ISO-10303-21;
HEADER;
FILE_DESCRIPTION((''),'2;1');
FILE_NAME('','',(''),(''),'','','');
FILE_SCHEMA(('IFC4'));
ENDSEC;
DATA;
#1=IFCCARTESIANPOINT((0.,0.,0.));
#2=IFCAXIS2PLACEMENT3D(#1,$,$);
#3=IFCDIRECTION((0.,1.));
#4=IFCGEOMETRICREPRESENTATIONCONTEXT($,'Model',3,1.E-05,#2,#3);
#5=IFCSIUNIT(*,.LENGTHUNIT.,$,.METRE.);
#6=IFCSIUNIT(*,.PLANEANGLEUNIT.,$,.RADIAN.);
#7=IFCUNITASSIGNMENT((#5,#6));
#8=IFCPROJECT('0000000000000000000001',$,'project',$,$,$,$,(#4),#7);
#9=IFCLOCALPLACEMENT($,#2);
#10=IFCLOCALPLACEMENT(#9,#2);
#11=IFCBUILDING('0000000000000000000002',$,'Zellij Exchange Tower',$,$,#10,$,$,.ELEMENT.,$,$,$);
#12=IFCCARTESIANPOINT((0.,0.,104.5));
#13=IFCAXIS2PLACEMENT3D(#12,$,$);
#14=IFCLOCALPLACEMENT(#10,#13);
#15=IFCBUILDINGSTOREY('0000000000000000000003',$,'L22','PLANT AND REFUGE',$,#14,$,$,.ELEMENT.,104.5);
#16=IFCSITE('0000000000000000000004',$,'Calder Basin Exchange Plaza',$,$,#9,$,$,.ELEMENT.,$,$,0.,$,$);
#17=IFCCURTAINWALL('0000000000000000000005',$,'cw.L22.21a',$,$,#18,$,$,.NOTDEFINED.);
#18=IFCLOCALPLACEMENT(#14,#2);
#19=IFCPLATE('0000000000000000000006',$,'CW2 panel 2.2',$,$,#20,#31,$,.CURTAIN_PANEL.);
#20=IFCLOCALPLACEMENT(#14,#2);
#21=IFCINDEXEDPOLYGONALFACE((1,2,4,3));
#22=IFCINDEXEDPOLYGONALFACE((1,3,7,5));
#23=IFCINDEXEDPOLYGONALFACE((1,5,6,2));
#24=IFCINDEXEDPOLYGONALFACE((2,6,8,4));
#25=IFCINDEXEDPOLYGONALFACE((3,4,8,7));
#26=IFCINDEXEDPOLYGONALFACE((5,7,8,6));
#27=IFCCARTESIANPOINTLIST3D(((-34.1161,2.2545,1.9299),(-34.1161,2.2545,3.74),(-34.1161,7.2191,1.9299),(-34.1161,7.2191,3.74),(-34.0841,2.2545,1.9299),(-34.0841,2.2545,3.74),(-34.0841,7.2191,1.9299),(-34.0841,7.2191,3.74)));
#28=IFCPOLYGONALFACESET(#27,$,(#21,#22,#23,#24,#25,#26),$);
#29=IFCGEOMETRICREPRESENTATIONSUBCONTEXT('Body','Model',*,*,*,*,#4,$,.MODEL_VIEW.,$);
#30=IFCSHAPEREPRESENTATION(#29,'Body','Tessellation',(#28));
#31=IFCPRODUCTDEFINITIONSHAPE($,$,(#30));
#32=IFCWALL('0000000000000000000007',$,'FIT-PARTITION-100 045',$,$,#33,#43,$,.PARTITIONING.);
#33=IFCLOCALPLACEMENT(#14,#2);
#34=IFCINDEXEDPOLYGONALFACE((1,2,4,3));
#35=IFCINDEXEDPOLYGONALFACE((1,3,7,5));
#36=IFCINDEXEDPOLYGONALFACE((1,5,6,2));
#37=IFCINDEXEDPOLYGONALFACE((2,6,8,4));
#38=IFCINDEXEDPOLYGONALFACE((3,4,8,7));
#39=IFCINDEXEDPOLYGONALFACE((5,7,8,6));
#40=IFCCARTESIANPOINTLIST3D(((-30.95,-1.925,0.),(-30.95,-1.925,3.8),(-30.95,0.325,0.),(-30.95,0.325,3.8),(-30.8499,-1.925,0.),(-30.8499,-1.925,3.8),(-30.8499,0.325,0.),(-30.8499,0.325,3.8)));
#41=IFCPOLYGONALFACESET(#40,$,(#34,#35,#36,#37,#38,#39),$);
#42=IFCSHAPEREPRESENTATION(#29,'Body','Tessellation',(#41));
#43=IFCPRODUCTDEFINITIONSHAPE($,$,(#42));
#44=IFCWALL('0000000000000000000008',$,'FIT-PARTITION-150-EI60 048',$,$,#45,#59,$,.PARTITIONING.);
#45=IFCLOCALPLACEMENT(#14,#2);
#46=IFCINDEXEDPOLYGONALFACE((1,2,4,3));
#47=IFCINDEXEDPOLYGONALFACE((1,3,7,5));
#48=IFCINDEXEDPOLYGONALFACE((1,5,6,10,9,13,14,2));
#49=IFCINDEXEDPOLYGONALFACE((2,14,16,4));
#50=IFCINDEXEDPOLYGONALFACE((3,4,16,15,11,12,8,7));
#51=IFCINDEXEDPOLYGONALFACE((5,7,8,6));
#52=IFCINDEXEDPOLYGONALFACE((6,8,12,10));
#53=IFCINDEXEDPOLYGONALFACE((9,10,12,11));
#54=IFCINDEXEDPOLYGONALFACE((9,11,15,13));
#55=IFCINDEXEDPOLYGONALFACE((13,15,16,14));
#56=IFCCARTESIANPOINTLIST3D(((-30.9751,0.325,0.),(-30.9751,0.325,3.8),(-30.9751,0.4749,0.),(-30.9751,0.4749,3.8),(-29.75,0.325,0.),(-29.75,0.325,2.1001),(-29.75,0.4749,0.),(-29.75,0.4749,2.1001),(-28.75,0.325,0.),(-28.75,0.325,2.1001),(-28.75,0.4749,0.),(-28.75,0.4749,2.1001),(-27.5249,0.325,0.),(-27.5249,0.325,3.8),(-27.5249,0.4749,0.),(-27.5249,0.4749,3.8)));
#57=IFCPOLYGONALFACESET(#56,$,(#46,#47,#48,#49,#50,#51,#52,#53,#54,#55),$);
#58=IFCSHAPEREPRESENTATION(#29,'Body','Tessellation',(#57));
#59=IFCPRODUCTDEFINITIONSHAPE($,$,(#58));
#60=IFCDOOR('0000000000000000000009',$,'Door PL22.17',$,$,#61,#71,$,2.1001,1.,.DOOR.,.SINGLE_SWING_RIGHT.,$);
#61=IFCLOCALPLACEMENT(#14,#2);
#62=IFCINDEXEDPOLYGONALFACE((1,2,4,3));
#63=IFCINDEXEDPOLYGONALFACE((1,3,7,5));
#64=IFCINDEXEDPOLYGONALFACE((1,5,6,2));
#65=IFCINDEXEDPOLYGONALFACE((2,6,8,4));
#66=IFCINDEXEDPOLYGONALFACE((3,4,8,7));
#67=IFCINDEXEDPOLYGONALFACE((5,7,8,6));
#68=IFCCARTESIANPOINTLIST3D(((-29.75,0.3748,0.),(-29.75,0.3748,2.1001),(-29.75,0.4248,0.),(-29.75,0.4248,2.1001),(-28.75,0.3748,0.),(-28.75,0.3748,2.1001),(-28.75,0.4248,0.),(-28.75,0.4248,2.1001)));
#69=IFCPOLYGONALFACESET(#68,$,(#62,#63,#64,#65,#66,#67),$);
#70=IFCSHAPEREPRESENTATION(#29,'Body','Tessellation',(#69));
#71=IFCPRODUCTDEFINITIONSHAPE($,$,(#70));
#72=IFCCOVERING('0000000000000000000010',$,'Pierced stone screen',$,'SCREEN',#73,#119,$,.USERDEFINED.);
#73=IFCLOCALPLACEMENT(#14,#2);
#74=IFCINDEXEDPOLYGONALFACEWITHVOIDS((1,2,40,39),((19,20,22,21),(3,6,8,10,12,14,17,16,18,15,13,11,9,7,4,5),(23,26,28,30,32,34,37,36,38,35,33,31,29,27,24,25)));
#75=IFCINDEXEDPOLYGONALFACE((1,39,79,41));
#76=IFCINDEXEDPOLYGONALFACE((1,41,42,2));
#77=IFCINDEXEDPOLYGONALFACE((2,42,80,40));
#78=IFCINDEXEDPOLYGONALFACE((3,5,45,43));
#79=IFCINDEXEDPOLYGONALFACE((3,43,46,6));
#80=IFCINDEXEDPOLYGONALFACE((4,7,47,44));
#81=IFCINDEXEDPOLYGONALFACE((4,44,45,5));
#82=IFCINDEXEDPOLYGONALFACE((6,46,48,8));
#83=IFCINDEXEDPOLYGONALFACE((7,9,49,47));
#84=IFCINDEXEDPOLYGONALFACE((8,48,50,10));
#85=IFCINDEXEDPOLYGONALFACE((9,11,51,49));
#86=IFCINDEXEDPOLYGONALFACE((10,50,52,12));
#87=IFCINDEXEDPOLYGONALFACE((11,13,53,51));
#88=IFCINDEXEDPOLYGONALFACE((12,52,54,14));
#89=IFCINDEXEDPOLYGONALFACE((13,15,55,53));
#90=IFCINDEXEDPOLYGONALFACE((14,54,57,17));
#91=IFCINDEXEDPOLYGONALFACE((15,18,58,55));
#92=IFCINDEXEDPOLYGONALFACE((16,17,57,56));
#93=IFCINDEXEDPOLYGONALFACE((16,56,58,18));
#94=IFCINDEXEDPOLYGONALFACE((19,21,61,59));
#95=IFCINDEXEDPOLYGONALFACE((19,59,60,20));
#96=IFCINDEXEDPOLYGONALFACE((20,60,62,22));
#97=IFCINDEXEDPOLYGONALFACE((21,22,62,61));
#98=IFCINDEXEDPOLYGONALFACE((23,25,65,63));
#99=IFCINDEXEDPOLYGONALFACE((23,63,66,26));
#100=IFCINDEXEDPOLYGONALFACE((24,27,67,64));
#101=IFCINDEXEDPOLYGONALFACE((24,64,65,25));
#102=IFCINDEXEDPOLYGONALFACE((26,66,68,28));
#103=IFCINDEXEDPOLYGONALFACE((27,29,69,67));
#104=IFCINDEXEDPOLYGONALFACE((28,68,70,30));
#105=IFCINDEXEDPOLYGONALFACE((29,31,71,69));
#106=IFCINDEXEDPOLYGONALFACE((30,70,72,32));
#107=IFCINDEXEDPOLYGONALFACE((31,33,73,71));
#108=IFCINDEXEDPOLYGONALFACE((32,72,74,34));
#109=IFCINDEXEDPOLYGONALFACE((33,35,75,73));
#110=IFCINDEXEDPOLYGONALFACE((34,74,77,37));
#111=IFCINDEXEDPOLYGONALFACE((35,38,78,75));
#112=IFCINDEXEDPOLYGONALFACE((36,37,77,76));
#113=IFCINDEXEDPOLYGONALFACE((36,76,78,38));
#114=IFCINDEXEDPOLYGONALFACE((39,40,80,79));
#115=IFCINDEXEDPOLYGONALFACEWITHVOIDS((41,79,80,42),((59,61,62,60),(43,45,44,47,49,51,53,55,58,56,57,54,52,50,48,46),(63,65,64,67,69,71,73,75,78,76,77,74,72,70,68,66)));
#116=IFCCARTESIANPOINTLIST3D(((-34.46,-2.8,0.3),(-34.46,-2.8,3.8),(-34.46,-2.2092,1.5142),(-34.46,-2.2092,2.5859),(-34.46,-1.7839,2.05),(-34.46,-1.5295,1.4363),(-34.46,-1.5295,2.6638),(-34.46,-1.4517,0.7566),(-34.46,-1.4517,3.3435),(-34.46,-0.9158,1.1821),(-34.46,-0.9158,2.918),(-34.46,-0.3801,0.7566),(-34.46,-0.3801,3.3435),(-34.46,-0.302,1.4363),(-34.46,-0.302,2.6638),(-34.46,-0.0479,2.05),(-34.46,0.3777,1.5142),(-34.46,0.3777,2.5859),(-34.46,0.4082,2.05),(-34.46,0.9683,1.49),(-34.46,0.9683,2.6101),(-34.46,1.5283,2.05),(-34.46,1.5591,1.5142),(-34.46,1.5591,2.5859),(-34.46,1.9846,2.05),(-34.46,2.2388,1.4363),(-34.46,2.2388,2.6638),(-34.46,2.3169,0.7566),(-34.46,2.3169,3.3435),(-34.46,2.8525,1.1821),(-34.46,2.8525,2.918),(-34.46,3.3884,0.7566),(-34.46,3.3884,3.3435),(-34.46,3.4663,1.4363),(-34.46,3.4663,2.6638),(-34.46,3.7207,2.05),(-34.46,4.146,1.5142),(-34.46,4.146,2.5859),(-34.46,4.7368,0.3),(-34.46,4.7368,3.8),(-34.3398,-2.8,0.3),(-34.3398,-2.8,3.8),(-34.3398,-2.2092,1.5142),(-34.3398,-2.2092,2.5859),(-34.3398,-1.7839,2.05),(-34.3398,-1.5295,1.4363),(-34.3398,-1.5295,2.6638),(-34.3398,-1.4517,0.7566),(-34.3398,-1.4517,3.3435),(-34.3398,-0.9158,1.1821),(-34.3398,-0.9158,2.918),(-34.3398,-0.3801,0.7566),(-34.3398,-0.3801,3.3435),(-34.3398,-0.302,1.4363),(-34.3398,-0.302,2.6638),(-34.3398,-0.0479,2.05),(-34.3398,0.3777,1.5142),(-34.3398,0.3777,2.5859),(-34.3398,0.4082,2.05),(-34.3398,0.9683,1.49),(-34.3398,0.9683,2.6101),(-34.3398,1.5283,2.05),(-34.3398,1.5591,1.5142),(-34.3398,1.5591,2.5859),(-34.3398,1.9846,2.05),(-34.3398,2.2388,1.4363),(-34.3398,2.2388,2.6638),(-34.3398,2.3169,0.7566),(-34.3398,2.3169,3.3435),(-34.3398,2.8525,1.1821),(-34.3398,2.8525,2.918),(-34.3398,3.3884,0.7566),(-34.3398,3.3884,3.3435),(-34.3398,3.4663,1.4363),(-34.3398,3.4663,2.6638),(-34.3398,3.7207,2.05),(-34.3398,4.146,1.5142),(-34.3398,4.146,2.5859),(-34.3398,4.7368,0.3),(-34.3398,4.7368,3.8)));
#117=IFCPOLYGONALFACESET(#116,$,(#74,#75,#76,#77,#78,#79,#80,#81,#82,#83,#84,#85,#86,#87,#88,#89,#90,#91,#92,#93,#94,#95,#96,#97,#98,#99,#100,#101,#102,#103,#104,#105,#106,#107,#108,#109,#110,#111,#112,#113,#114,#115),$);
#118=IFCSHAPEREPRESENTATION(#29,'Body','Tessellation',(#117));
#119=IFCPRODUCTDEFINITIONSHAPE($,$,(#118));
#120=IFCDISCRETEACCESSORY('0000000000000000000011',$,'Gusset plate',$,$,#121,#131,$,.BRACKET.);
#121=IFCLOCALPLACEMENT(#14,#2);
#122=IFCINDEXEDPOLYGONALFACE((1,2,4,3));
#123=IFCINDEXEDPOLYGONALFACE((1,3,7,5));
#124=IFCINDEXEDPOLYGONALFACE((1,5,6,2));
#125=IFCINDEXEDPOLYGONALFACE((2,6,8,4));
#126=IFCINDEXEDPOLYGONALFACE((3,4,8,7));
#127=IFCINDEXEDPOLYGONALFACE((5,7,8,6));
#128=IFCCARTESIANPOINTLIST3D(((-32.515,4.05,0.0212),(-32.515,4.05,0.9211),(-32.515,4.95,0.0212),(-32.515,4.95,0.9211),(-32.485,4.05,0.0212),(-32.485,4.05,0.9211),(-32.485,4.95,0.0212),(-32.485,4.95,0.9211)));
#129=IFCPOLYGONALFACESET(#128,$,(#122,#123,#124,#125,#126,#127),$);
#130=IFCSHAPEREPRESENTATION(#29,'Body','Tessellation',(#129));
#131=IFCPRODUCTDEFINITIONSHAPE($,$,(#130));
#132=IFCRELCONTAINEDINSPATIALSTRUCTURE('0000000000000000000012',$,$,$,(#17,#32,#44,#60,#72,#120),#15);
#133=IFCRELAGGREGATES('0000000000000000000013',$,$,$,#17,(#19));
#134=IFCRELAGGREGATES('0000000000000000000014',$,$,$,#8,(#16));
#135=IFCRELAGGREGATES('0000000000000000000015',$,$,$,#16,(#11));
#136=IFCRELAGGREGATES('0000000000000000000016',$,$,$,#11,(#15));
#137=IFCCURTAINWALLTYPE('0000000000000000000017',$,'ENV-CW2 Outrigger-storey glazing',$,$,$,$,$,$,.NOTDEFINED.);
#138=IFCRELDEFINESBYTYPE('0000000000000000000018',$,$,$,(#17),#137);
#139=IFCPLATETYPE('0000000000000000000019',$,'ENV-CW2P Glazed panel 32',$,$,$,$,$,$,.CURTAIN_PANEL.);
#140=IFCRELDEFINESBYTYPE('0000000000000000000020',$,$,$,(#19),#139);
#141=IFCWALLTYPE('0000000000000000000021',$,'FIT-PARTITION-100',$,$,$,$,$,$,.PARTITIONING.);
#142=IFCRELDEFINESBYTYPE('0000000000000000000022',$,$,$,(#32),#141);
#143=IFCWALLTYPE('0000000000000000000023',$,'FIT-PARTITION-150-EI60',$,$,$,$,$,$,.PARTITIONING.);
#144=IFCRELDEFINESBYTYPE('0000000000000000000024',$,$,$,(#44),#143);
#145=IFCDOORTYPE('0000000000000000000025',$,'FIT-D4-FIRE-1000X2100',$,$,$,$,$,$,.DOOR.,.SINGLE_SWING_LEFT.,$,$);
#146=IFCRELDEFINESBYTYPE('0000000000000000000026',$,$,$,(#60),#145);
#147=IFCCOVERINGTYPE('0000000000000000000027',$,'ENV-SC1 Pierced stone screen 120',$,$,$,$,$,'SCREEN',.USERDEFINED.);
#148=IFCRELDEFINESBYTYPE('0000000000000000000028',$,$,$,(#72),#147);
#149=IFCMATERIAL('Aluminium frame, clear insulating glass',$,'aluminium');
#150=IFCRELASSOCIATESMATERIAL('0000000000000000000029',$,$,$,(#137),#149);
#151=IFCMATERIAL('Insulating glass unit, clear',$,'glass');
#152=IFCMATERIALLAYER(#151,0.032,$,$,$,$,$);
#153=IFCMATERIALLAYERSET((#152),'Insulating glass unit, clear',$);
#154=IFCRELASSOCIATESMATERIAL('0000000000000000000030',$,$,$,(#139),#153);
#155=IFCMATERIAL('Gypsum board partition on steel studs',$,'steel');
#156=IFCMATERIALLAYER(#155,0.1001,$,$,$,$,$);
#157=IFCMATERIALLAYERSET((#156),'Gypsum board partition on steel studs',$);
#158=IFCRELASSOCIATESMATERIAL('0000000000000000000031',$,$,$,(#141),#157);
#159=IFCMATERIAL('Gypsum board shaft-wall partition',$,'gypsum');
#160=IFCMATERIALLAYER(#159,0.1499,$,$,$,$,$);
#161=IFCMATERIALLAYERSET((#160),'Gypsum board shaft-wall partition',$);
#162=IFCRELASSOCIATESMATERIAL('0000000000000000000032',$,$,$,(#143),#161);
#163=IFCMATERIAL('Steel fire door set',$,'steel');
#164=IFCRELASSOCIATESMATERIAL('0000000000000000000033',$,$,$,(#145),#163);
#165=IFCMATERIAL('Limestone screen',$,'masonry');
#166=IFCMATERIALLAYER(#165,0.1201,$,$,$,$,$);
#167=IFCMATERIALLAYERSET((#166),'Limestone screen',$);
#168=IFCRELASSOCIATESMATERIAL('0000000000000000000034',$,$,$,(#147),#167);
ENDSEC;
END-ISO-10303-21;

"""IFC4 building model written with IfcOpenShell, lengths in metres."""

from ifc_helpers import new_model, si_unit, direction, frame, frame_2d, origin, origin_2d, place, context, subcontext, project, spatial, polyline, rectangle, outline, extrude, material, layer, layer_set, type_object, element, fill, aggregate, save


model = new_model("IFC4")

# Units and contexts
model_context = context("Model", 3, precision=1e-05, world=origin(), true_north=direction((0.0, 1.0)))
body_context = subcontext(model_context, "Body", "Model", "MODEL_VIEW")
ifc_project = project(units=[si_unit("LENGTHUNIT", "METRE"), si_unit("PLANEANGLEUNIT", "RADIAN")], contexts=[model_context])

# Site, building, storey
site_placement = place(None, origin())
site = spatial("IfcSite", under=ifc_project, at=site_placement, Name="Calder Basin Exchange Plaza", CompositionType="ELEMENT", RefElevation=0.0)
building_placement = place(site_placement, origin())
building = spatial("IfcBuilding", under=site, at=building_placement, Name="Zellij Exchange Tower", CompositionType="ELEMENT")
storey_placement = place(building_placement, frame((0.0, 0.0, 104.5)))
storey = spatial("IfcBuildingStorey", under=building, at=storey_placement, Name="L22", Description="PLANT AND REFUGE", CompositionType="ELEMENT", Elevation=104.5)

# Curtain wall
ifc_material_1 = material(Name="Aluminium frame, clear insulating glass", Category="aluminium")
curtain_wall_type = type_object("IfcCurtainWallType", Name="ENV-CW2 Outrigger-storey glazing", PredefinedType="NOTDEFINED", material=ifc_material_1)
curtain_wall_placement = place(storey_placement, origin())
curtain_wall = element("IfcCurtainWall", 1, at=curtain_wall_placement, inside=storey, type_object=curtain_wall_type, Name="cw.L22.21a", PredefinedType="NOTDEFINED")

# Plate
ifc_material_2 = material(Name="Insulating glass unit, clear", Category="glass")
ifc_layer_1 = layer(ifc_material_2, 0.032)
ifc_layer_set_1 = layer_set([ifc_layer_1], Name="Insulating glass unit, clear")
plate_type_1 = type_object("IfcPlateType", Name="ENV-CW2P Glazed panel 32", PredefinedType="CURTAIN_PANEL", material=ifc_layer_set_1)
plate_1_placement = place(storey_placement, frame((-34.1001, 4.7368, 1.9299), z_axis=(0.0, 0.0, 1.0), x_axis=(0.0, -1.0, 0.0)))
plate_1 = element("IfcPlate", 2, at=plate_1_placement, type_object=plate_type_1, Name="CW2 panel 2.2", PredefinedType="CURTAIN_PANEL", context=body_context, shape_type="SweptSolid", body=[
    extrude(rectangle(XDim=4.9646, YDim=0.032, at=origin_2d()), origin(), (0.0, 0.0, 1.0), 1.8101),
])
aggregate(curtain_wall, [plate_1])

# Wall
ifc_material_3 = material(Name="Gypsum board partition on steel studs", Category="steel")
ifc_layer_2 = layer(ifc_material_3, 0.1001)
ifc_layer_set_2 = layer_set([ifc_layer_2], Name="Gypsum board partition on steel studs")
wall_type_1 = type_object("IfcWallType", Name="FIT-PARTITION-100", PredefinedType="PARTITIONING", material=ifc_layer_set_2)
wall_1_placement = place(storey_placement, frame((-30.8999, -1.925, 0.0), z_axis=(0.0, 0.0, 1.0), x_axis=(0.0, 1.0, 0.0)))
element("IfcWall", 3, at=wall_1_placement, inside=storey, type_object=wall_type_1, Name="FIT-PARTITION-100 045", PredefinedType="PARTITIONING", context=body_context, shape_type="SweptSolid", body=[
    extrude(rectangle(XDim=2.25, YDim=0.1001, at=frame_2d((1.125, 0.0))), origin(), (0.0, 0.0, 1.0), 3.8),
])

# Wall, opening, door
ifc_material_4 = material(Name="Gypsum board shaft-wall partition", Category="gypsum")
ifc_layer_3 = layer(ifc_material_4, 0.1499)
ifc_layer_set_3 = layer_set([ifc_layer_3], Name="Gypsum board shaft-wall partition")
wall_type_2 = type_object("IfcWallType", Name="FIT-PARTITION-150-EI60", PredefinedType="PARTITIONING", material=ifc_layer_set_3)
wall_2_placement = place(storey_placement, frame((-30.9751, 0.3999, 0.0), z_axis=(0.0, 0.0, 1.0), x_axis=(1.0, 0.0, 0.0)))
wall_2 = element("IfcWall", 4, at=wall_2_placement, inside=storey, type_object=wall_type_2, Name="FIT-PARTITION-150-EI60 048", PredefinedType="PARTITIONING", context=body_context, shape_type="SweptSolid", body=[
    extrude(rectangle(XDim=3.4502, YDim=0.1499, at=frame_2d((1.7251, 0.0))), origin(), (0.0, 0.0, 1.0), 3.8),
])
opening_placement = place(wall_2_placement, frame((1.2251, 0.0, 0.0)))
opening = element("IfcOpeningElement", 5, at=opening_placement, cuts=wall_2, PredefinedType="OPENING", context=body_context, shape_type="SweptSolid", body=[
    extrude(rectangle(XDim=1.0, YDim=2.1001, at=frame_2d((0.5, 1.05))), frame((0.0, 0.0869, 0.0), z_axis=(0.0, -1.0, 0.0), x_axis=(1.0, 0.0, 0.0)), (0.0, 0.0, 1.0), 0.1738),
])
ifc_material_5 = material(Name="Steel fire door set", Category="steel")
door_type = type_object("IfcDoorType", Name="FIT-D4-FIRE-1000X2100", OperationType="SINGLE_SWING_LEFT", PredefinedType="DOOR", material=ifc_material_5)
door_placement = place(opening_placement, origin())
door = element("IfcDoor", 6, at=door_placement, inside=storey, type_object=door_type, Name="Door PL22.17", OperationType="SINGLE_SWING_RIGHT", OverallHeight=2.1001, OverallWidth=1.0, PredefinedType="DOOR", context=body_context, shape_type="SweptSolid", body=[
    extrude(rectangle(XDim=1.0, YDim=2.1001, at=frame_2d((0.5, 1.05))), frame((0.0, 0.0249, 0.0), z_axis=(0.0, -1.0, 0.0), x_axis=(1.0, 0.0, 0.0)), (0.0, 0.0, 1.0), 0.05),
])
fill(opening, door)

# Covering
ifc_material_6 = material(Name="Limestone screen", Category="masonry")
ifc_layer_4 = layer(ifc_material_6, 0.1201)
ifc_layer_set_4 = layer_set([ifc_layer_4], Name="Limestone screen")
covering_type = type_object("IfcCoveringType", Name="ENV-SC1 Pierced stone screen 120", ElementType="SCREEN", PredefinedType="USERDEFINED", material=ifc_layer_set_4)
covering_placement = place(storey_placement, frame((-34.3999, 4.7368, 0.3), z_axis=(0.0, 0.0, 1.0), x_axis=(0.0, -1.0, 0.0)))
element("IfcCovering", 7, at=covering_placement, inside=storey, type_object=covering_type, Name="Pierced stone screen", ObjectType="SCREEN", PredefinedType="USERDEFINED", context=body_context, shape_type="SweptSolid", body=[
    extrude(outline(polyline([(0.0, 0.0), (7.5369, 0.0), (7.5369, 3.5), (0.0, 3.5), (0.0, 0.0)]), holes=[polyline([(3.1777, 2.2859), (2.498, 2.3638), (2.4199, 3.0435), (1.8843, 2.6179), (1.3484, 3.0435), (1.2705, 2.3638), (0.5908, 2.2859), (1.0161, 1.75), (0.5908, 1.2141), (1.2705, 1.1362), (1.3484, 0.4565), (1.8843, 0.8821), (2.4199, 0.4565), (2.498, 1.1362), (3.1777, 1.2141), (2.7522, 1.75), (3.1777, 2.2859)]), polyline([(6.946, 2.2859), (6.2664, 2.3638), (6.1885, 3.0435), (5.6526, 2.6179), (5.1169, 3.0435), (5.0388, 2.3638), (4.3591, 2.2859), (4.7847, 1.75), (4.3591, 1.2141), (5.0388, 1.1362), (5.1169, 0.4565), (5.6526, 0.8821), (6.1885, 0.4565), (6.2664, 1.1362), (6.946, 1.2141), (6.5208, 1.75), (6.946, 2.2859)]), polyline([(4.3286, 1.75), (3.7686, 2.3101), (3.2085, 1.75), (3.7686, 1.1899), (4.3286, 1.75)])]), frame((0.0, 0.0601, 0.0), z_axis=(0.0, -1.0, 0.0), x_axis=(1.0, 0.0, 0.0)), (0.0, 0.0, 1.0), 0.1201),
])

# Discrete accessory
discrete_accessory_placement = place(storey_placement, frame((-32.5, 4.5, 0.0212), z_axis=(0.0, 0.0, 1.0), x_axis=(0.0, 1.0, 0.0)))
element("IfcDiscreteAccessory", 8, at=discrete_accessory_placement, inside=storey, Name="Gusset plate", PredefinedType="BRACKET", context=body_context, shape_type="SweptSolid", body=[
    extrude(rectangle(XDim=0.8999, YDim=0.03, at=origin_2d()), origin(), (0.0, 0.0, 1.0), 0.8999),
])

save(model, "model.ifc")
